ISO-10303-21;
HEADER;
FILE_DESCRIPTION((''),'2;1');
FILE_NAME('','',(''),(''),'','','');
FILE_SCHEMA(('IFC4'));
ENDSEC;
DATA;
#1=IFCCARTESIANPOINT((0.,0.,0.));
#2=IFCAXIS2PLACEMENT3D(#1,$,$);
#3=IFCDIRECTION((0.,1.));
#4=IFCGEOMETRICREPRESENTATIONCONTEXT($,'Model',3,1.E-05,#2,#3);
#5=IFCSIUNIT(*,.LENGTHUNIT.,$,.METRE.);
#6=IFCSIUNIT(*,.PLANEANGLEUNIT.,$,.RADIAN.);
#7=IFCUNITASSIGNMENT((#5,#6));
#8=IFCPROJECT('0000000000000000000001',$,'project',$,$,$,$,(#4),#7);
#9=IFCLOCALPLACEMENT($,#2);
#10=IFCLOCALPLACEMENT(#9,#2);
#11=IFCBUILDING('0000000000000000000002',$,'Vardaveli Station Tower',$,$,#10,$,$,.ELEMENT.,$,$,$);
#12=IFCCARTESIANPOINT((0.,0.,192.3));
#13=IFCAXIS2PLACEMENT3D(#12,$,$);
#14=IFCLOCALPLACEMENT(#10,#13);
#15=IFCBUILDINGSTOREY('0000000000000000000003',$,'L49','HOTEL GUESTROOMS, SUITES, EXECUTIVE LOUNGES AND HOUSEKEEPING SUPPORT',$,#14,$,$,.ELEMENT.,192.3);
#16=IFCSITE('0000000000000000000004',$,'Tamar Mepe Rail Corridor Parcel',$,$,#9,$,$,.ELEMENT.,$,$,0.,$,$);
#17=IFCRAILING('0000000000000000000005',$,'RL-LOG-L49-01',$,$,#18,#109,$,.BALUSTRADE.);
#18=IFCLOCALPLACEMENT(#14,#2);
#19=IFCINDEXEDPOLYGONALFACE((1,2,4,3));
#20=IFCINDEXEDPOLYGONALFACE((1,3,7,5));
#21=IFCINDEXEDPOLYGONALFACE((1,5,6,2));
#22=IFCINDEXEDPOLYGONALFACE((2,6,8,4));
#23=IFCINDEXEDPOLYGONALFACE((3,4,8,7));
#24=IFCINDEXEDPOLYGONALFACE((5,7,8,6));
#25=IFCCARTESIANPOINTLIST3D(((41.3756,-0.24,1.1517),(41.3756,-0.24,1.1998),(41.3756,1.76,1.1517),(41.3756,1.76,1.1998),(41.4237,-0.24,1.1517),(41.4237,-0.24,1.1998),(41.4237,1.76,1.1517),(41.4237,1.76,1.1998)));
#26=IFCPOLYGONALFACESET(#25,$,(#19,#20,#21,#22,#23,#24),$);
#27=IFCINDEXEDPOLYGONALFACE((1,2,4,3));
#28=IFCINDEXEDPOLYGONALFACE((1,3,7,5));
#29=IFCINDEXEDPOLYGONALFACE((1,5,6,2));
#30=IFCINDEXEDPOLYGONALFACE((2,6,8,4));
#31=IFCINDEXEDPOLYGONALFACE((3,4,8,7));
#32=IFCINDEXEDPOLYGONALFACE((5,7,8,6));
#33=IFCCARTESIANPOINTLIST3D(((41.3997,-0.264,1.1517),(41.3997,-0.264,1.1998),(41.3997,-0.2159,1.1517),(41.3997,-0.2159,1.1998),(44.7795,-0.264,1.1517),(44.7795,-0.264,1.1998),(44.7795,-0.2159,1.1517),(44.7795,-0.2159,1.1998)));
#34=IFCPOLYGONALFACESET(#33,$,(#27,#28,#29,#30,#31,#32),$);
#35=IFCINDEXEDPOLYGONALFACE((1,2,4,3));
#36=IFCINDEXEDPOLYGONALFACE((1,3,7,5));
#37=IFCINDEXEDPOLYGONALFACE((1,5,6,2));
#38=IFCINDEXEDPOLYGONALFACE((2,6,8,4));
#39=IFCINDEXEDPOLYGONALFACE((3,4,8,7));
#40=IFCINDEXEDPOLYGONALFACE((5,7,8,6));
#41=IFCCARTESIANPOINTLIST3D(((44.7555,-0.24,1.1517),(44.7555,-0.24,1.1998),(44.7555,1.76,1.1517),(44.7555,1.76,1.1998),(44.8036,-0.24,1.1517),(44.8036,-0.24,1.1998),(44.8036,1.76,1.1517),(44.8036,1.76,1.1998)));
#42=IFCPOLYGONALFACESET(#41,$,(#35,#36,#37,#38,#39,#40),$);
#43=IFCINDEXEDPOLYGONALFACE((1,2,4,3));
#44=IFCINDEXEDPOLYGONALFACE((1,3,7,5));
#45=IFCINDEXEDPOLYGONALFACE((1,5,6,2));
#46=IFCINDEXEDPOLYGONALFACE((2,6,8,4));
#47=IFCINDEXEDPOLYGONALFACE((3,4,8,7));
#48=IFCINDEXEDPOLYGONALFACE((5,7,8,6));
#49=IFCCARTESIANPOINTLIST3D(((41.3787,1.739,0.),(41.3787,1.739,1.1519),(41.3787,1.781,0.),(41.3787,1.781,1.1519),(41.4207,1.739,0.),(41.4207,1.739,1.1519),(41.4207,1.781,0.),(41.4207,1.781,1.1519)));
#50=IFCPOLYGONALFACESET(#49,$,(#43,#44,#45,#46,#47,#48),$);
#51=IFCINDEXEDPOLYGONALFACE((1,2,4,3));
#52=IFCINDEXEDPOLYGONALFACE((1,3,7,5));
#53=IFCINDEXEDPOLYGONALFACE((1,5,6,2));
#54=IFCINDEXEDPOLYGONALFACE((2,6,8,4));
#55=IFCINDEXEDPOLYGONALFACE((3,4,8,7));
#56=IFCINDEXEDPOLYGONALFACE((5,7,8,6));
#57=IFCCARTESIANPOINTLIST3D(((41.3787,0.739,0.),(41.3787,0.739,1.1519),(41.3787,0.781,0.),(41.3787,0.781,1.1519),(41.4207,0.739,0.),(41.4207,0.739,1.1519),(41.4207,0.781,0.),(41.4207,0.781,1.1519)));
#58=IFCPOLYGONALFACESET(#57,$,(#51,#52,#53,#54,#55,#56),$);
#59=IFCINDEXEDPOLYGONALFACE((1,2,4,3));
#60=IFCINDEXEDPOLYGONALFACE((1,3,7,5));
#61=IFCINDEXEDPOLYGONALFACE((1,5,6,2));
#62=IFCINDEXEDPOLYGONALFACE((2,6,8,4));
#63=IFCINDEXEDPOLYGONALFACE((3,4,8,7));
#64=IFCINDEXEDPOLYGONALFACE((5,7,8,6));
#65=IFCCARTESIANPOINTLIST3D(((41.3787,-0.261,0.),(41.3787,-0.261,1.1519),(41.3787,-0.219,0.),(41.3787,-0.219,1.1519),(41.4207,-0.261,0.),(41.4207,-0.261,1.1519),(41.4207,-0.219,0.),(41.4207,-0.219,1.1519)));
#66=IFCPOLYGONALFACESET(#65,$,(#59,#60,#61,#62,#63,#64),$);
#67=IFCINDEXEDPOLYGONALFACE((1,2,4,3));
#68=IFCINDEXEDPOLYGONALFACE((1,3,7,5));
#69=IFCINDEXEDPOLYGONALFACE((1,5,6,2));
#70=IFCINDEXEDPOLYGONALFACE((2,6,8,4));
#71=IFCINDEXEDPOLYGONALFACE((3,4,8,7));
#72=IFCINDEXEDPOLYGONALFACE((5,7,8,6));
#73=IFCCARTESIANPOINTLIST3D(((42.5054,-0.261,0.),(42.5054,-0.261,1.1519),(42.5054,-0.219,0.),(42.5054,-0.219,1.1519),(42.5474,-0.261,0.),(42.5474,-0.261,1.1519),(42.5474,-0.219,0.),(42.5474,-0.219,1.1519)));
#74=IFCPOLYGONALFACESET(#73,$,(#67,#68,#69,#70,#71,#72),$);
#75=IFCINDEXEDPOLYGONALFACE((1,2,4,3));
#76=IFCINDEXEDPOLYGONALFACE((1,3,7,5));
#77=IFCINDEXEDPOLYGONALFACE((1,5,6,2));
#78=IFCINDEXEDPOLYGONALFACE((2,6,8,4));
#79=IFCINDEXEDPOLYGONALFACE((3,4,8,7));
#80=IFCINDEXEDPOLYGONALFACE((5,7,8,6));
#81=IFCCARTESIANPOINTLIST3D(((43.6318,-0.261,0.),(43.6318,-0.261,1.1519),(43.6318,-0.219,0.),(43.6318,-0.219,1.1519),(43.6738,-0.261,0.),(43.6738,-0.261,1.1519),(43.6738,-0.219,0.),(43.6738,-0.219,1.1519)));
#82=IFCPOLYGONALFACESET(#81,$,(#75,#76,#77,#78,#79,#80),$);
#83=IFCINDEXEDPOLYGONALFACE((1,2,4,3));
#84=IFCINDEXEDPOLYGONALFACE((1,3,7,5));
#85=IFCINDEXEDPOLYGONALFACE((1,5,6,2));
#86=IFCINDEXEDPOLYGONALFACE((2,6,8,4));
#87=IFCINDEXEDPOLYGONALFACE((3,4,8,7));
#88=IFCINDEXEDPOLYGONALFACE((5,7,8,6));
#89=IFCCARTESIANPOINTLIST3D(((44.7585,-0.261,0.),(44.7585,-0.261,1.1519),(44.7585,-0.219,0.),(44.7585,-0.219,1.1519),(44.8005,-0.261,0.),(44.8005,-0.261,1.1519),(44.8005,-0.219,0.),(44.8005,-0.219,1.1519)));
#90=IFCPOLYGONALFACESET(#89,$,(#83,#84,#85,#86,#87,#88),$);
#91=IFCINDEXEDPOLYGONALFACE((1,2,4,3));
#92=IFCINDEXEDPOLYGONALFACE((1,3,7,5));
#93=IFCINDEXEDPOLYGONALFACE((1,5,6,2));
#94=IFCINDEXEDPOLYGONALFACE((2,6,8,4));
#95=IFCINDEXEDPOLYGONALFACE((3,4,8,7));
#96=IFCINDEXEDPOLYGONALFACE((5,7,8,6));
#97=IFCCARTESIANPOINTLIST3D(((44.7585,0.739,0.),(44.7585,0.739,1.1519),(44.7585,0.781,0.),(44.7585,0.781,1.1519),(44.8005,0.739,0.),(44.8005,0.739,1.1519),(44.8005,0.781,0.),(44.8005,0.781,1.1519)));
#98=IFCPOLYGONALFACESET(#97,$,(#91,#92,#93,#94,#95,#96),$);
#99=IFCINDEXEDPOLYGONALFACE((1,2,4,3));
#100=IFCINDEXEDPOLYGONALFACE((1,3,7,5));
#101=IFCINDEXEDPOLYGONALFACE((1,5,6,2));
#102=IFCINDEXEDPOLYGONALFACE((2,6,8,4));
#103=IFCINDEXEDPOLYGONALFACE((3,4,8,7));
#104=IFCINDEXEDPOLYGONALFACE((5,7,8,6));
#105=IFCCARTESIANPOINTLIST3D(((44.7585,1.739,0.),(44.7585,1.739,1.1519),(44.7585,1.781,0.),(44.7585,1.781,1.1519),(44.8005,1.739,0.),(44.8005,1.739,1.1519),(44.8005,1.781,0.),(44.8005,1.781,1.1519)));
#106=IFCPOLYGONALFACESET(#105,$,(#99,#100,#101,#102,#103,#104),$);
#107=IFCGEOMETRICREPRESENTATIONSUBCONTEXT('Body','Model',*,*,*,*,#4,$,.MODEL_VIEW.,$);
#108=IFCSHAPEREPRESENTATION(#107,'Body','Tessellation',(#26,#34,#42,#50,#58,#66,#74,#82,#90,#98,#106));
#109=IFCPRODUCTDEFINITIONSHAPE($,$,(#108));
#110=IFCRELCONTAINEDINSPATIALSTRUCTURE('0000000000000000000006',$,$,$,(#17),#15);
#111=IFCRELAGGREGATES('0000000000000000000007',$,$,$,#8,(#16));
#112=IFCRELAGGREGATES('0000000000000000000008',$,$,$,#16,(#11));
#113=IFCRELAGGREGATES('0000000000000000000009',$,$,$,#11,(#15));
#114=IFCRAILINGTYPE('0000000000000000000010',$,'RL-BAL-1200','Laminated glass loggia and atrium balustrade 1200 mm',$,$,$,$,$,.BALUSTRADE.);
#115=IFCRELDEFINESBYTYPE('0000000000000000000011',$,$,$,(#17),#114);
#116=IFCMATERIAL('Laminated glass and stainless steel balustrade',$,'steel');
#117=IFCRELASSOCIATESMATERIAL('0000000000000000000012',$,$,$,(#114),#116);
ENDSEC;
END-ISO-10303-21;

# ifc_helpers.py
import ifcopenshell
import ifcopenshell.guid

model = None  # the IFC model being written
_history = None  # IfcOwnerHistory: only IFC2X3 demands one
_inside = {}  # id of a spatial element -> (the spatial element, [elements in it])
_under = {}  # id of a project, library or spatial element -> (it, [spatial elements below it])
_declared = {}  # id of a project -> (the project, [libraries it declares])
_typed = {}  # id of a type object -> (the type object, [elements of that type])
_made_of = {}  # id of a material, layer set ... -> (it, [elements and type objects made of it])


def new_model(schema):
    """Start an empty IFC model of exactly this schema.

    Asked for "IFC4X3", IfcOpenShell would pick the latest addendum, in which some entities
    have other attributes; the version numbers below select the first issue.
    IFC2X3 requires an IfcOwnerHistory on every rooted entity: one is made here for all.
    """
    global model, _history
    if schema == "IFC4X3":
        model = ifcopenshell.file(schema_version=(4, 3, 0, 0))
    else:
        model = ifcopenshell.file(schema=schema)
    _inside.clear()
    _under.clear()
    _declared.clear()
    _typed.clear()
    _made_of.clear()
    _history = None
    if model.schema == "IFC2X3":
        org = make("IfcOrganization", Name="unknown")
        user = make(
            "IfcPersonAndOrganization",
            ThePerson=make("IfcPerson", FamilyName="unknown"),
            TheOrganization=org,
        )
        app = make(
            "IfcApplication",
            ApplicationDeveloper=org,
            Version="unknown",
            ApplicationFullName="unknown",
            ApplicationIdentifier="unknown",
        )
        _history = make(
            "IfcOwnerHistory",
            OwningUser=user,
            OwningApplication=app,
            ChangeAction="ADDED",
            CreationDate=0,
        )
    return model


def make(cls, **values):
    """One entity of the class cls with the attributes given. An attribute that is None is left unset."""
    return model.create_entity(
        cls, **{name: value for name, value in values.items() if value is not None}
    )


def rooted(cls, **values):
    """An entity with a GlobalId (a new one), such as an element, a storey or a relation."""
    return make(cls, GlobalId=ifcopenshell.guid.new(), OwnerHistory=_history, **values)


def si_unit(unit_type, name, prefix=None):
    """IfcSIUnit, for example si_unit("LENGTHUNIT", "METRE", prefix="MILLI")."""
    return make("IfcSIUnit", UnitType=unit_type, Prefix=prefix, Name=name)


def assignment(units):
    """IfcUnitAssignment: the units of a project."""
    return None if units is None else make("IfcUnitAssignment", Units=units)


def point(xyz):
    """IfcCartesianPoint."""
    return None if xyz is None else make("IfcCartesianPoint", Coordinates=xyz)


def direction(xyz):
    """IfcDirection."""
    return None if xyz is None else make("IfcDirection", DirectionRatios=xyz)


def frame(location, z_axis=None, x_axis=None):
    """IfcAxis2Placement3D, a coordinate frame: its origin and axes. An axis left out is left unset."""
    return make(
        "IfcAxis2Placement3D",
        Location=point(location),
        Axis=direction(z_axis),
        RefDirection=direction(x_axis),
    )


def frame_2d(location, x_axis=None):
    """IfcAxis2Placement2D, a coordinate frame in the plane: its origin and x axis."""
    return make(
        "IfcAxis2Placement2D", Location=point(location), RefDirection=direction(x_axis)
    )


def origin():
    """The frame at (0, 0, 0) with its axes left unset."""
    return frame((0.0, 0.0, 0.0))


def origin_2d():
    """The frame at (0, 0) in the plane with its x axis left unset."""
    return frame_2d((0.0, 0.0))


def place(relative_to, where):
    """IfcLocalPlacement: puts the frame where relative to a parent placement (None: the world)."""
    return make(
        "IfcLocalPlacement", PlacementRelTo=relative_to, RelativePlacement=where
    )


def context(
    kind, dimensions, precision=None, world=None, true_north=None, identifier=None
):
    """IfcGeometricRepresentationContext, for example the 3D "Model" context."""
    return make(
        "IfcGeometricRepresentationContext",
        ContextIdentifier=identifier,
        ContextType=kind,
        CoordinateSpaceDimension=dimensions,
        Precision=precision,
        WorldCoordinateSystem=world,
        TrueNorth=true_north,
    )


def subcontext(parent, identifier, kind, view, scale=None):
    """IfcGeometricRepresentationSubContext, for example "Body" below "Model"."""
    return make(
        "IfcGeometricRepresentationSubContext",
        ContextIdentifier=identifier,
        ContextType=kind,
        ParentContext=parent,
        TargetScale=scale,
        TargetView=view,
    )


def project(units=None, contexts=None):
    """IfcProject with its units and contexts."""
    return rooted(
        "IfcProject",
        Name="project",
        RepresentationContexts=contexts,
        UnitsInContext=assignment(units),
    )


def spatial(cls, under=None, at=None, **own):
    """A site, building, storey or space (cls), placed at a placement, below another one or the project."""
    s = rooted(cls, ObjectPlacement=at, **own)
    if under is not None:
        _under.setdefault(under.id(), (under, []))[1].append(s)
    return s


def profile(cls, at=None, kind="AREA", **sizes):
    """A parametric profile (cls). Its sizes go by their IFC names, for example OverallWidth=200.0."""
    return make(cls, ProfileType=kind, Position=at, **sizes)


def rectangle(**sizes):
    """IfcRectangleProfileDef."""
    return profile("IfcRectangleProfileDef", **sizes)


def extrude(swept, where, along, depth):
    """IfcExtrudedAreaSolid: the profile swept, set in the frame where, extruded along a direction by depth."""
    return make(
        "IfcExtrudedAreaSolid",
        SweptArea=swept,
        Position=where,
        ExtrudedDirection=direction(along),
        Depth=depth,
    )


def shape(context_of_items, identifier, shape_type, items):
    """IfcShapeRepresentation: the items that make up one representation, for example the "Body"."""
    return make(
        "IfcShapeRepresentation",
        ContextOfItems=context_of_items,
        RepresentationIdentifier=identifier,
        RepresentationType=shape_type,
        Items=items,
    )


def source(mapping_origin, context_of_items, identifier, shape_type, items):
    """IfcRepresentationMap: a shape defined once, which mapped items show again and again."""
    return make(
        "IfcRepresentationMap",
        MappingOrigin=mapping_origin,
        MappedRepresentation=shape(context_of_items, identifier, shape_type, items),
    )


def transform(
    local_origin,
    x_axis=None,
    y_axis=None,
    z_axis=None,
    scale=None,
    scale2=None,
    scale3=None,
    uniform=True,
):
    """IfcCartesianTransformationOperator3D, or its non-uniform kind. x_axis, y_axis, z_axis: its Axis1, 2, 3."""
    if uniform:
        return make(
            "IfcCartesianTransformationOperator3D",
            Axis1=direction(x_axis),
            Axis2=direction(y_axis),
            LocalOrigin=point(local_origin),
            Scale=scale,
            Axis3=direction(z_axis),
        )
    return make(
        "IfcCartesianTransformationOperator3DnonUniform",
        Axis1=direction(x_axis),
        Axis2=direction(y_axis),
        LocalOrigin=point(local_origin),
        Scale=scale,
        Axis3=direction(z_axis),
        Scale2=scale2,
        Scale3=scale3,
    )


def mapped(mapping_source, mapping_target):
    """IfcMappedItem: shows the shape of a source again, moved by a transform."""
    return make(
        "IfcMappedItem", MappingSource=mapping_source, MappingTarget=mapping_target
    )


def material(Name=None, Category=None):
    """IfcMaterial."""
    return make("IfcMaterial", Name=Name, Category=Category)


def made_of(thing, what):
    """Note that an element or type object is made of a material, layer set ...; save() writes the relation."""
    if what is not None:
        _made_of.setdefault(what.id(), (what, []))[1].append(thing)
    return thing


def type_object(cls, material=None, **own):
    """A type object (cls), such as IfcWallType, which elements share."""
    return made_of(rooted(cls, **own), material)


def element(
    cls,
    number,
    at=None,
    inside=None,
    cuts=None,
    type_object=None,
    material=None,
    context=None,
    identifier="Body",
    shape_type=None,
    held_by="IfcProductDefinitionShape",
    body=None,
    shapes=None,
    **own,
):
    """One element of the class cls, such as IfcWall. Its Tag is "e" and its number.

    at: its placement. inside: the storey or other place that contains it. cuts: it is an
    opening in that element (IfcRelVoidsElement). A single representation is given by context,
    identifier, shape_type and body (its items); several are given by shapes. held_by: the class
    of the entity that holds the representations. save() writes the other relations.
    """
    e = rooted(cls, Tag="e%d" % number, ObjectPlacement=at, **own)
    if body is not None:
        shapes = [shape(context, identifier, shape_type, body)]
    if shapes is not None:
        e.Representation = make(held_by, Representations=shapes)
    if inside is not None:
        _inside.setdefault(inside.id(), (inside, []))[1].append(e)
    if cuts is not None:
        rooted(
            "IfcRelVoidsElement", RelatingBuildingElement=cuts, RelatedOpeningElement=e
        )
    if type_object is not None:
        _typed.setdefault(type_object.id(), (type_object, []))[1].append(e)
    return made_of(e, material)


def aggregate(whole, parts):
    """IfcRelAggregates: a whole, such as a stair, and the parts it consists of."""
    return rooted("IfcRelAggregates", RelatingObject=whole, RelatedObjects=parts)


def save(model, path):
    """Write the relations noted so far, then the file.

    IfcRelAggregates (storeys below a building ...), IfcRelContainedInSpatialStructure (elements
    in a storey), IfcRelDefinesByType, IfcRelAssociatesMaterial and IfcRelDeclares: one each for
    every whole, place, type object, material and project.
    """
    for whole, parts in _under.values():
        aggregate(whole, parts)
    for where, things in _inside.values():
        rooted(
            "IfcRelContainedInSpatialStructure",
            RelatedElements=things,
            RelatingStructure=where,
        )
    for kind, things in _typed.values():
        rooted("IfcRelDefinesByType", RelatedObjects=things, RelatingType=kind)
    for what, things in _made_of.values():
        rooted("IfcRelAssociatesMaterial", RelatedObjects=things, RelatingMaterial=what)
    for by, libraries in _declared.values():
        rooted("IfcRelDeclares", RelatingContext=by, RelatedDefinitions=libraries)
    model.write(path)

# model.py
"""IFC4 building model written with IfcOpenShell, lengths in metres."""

from ifc_helpers import new_model, si_unit, direction, frame, origin, origin_2d, place, context, subcontext, project, spatial, rectangle, extrude, source, transform, mapped, material, type_object, element, save


model = new_model("IFC4")

# Units and contexts
model_context = context("Model", 3, precision=1e-05, world=origin(), true_north=direction((0.0, 1.0)))
body_context = subcontext(model_context, "Body", "Model", "MODEL_VIEW")
ifc_project = project(units=[si_unit("LENGTHUNIT", "METRE"), si_unit("PLANEANGLEUNIT", "RADIAN")], contexts=[model_context])

# Site, building, storey
site_placement = place(None, origin())
site = spatial("IfcSite", under=ifc_project, at=site_placement, Name="Tamar Mepe Rail Corridor Parcel", CompositionType="ELEMENT", RefElevation=0.0)
building_placement = place(site_placement, origin())
building = spatial("IfcBuilding", under=site, at=building_placement, Name="Vardaveli Station Tower", CompositionType="ELEMENT")
storey_placement = place(building_placement, frame((0.0, 0.0, 192.3)))
storey = spatial("IfcBuildingStorey", under=building, at=storey_placement, Name="L49", Description="HOTEL GUESTROOMS, SUITES, EXECUTIVE LOUNGES AND HOUSEKEEPING SUPPORT", CompositionType="ELEMENT", Elevation=192.3)

# Railing
ifc_material_1 = material(Name="Laminated glass and stainless steel balustrade", Category="steel")
railing_type = type_object("IfcRailingType", Name="RL-BAL-1200", Description="Laminated glass loggia and atrium balustrade 1200 mm", PredefinedType="BALUSTRADE", material=ifc_material_1)
shared_shape_1 = source(origin(), body_context, "Body", "SweptSolid", [
    extrude(rectangle(XDim=0.0481, YDim=0.0481, at=origin_2d()), frame((0.0, 0.0, 1.1758), z_axis=(0.0, -1.0, 0.0), x_axis=(1.0, 0.0, 0.0)), (0.0, 0.0, 1.0), 2.0),
    extrude(rectangle(XDim=0.0481, YDim=0.0481, at=origin_2d()), frame((0.0, -2.0, 1.1758), z_axis=(1.0, 0.0, 0.0), x_axis=(0.0, 1.0, 0.0)), (0.0, 0.0, 1.0), 3.3799),
    extrude(rectangle(XDim=0.0481, YDim=0.0481, at=origin_2d()), frame((3.3799, -2.0, 1.1758), z_axis=(0.0, 1.0, 0.0), x_axis=(-1.0, 0.0, 0.0)), (0.0, 0.0, 1.0), 2.0),
    extrude(rectangle(XDim=0.042, YDim=0.042, at=origin_2d()), origin(), (0.0, 0.0, 1.0), 1.1519),
    extrude(rectangle(XDim=0.042, YDim=0.042, at=origin_2d()), frame((0.0, -1.0, 0.0)), (0.0, 0.0, 1.0), 1.1519),
    extrude(rectangle(XDim=0.042, YDim=0.042, at=origin_2d()), frame((0.0, -2.0, 0.0)), (0.0, 0.0, 1.0), 1.1519),
    extrude(rectangle(XDim=0.042, YDim=0.042, at=origin_2d()), frame((1.1267, -2.0, 0.0)), (0.0, 0.0, 1.0), 1.1519),
    extrude(rectangle(XDim=0.042, YDim=0.042, at=origin_2d()), frame((2.2532, -2.0, 0.0)), (0.0, 0.0, 1.0), 1.1519),
    extrude(rectangle(XDim=0.042, YDim=0.042, at=origin_2d()), frame((3.3799, -2.0, 0.0)), (0.0, 0.0, 1.0), 1.1519),
    extrude(rectangle(XDim=0.042, YDim=0.042, at=origin_2d()), frame((3.3799, -1.0, 0.0)), (0.0, 0.0, 1.0), 1.1519),
    extrude(rectangle(XDim=0.042, YDim=0.042, at=origin_2d()), frame((3.3799, 0.0, 0.0)), (0.0, 0.0, 1.0), 1.1519),
])
railing_placement = place(storey_placement, frame((41.3997, 1.76, 0.0)))
element("IfcRailing", 1, at=railing_placement, inside=storey, type_object=railing_type, Name="RL-LOG-L49-01", PredefinedType="BALUSTRADE", context=body_context, shape_type="MappedRepresentation", body=[
    mapped(shared_shape_1, transform((0.0, 0.0, 0.0), scale=1.0)),
])

save(model, "model.ifc")
